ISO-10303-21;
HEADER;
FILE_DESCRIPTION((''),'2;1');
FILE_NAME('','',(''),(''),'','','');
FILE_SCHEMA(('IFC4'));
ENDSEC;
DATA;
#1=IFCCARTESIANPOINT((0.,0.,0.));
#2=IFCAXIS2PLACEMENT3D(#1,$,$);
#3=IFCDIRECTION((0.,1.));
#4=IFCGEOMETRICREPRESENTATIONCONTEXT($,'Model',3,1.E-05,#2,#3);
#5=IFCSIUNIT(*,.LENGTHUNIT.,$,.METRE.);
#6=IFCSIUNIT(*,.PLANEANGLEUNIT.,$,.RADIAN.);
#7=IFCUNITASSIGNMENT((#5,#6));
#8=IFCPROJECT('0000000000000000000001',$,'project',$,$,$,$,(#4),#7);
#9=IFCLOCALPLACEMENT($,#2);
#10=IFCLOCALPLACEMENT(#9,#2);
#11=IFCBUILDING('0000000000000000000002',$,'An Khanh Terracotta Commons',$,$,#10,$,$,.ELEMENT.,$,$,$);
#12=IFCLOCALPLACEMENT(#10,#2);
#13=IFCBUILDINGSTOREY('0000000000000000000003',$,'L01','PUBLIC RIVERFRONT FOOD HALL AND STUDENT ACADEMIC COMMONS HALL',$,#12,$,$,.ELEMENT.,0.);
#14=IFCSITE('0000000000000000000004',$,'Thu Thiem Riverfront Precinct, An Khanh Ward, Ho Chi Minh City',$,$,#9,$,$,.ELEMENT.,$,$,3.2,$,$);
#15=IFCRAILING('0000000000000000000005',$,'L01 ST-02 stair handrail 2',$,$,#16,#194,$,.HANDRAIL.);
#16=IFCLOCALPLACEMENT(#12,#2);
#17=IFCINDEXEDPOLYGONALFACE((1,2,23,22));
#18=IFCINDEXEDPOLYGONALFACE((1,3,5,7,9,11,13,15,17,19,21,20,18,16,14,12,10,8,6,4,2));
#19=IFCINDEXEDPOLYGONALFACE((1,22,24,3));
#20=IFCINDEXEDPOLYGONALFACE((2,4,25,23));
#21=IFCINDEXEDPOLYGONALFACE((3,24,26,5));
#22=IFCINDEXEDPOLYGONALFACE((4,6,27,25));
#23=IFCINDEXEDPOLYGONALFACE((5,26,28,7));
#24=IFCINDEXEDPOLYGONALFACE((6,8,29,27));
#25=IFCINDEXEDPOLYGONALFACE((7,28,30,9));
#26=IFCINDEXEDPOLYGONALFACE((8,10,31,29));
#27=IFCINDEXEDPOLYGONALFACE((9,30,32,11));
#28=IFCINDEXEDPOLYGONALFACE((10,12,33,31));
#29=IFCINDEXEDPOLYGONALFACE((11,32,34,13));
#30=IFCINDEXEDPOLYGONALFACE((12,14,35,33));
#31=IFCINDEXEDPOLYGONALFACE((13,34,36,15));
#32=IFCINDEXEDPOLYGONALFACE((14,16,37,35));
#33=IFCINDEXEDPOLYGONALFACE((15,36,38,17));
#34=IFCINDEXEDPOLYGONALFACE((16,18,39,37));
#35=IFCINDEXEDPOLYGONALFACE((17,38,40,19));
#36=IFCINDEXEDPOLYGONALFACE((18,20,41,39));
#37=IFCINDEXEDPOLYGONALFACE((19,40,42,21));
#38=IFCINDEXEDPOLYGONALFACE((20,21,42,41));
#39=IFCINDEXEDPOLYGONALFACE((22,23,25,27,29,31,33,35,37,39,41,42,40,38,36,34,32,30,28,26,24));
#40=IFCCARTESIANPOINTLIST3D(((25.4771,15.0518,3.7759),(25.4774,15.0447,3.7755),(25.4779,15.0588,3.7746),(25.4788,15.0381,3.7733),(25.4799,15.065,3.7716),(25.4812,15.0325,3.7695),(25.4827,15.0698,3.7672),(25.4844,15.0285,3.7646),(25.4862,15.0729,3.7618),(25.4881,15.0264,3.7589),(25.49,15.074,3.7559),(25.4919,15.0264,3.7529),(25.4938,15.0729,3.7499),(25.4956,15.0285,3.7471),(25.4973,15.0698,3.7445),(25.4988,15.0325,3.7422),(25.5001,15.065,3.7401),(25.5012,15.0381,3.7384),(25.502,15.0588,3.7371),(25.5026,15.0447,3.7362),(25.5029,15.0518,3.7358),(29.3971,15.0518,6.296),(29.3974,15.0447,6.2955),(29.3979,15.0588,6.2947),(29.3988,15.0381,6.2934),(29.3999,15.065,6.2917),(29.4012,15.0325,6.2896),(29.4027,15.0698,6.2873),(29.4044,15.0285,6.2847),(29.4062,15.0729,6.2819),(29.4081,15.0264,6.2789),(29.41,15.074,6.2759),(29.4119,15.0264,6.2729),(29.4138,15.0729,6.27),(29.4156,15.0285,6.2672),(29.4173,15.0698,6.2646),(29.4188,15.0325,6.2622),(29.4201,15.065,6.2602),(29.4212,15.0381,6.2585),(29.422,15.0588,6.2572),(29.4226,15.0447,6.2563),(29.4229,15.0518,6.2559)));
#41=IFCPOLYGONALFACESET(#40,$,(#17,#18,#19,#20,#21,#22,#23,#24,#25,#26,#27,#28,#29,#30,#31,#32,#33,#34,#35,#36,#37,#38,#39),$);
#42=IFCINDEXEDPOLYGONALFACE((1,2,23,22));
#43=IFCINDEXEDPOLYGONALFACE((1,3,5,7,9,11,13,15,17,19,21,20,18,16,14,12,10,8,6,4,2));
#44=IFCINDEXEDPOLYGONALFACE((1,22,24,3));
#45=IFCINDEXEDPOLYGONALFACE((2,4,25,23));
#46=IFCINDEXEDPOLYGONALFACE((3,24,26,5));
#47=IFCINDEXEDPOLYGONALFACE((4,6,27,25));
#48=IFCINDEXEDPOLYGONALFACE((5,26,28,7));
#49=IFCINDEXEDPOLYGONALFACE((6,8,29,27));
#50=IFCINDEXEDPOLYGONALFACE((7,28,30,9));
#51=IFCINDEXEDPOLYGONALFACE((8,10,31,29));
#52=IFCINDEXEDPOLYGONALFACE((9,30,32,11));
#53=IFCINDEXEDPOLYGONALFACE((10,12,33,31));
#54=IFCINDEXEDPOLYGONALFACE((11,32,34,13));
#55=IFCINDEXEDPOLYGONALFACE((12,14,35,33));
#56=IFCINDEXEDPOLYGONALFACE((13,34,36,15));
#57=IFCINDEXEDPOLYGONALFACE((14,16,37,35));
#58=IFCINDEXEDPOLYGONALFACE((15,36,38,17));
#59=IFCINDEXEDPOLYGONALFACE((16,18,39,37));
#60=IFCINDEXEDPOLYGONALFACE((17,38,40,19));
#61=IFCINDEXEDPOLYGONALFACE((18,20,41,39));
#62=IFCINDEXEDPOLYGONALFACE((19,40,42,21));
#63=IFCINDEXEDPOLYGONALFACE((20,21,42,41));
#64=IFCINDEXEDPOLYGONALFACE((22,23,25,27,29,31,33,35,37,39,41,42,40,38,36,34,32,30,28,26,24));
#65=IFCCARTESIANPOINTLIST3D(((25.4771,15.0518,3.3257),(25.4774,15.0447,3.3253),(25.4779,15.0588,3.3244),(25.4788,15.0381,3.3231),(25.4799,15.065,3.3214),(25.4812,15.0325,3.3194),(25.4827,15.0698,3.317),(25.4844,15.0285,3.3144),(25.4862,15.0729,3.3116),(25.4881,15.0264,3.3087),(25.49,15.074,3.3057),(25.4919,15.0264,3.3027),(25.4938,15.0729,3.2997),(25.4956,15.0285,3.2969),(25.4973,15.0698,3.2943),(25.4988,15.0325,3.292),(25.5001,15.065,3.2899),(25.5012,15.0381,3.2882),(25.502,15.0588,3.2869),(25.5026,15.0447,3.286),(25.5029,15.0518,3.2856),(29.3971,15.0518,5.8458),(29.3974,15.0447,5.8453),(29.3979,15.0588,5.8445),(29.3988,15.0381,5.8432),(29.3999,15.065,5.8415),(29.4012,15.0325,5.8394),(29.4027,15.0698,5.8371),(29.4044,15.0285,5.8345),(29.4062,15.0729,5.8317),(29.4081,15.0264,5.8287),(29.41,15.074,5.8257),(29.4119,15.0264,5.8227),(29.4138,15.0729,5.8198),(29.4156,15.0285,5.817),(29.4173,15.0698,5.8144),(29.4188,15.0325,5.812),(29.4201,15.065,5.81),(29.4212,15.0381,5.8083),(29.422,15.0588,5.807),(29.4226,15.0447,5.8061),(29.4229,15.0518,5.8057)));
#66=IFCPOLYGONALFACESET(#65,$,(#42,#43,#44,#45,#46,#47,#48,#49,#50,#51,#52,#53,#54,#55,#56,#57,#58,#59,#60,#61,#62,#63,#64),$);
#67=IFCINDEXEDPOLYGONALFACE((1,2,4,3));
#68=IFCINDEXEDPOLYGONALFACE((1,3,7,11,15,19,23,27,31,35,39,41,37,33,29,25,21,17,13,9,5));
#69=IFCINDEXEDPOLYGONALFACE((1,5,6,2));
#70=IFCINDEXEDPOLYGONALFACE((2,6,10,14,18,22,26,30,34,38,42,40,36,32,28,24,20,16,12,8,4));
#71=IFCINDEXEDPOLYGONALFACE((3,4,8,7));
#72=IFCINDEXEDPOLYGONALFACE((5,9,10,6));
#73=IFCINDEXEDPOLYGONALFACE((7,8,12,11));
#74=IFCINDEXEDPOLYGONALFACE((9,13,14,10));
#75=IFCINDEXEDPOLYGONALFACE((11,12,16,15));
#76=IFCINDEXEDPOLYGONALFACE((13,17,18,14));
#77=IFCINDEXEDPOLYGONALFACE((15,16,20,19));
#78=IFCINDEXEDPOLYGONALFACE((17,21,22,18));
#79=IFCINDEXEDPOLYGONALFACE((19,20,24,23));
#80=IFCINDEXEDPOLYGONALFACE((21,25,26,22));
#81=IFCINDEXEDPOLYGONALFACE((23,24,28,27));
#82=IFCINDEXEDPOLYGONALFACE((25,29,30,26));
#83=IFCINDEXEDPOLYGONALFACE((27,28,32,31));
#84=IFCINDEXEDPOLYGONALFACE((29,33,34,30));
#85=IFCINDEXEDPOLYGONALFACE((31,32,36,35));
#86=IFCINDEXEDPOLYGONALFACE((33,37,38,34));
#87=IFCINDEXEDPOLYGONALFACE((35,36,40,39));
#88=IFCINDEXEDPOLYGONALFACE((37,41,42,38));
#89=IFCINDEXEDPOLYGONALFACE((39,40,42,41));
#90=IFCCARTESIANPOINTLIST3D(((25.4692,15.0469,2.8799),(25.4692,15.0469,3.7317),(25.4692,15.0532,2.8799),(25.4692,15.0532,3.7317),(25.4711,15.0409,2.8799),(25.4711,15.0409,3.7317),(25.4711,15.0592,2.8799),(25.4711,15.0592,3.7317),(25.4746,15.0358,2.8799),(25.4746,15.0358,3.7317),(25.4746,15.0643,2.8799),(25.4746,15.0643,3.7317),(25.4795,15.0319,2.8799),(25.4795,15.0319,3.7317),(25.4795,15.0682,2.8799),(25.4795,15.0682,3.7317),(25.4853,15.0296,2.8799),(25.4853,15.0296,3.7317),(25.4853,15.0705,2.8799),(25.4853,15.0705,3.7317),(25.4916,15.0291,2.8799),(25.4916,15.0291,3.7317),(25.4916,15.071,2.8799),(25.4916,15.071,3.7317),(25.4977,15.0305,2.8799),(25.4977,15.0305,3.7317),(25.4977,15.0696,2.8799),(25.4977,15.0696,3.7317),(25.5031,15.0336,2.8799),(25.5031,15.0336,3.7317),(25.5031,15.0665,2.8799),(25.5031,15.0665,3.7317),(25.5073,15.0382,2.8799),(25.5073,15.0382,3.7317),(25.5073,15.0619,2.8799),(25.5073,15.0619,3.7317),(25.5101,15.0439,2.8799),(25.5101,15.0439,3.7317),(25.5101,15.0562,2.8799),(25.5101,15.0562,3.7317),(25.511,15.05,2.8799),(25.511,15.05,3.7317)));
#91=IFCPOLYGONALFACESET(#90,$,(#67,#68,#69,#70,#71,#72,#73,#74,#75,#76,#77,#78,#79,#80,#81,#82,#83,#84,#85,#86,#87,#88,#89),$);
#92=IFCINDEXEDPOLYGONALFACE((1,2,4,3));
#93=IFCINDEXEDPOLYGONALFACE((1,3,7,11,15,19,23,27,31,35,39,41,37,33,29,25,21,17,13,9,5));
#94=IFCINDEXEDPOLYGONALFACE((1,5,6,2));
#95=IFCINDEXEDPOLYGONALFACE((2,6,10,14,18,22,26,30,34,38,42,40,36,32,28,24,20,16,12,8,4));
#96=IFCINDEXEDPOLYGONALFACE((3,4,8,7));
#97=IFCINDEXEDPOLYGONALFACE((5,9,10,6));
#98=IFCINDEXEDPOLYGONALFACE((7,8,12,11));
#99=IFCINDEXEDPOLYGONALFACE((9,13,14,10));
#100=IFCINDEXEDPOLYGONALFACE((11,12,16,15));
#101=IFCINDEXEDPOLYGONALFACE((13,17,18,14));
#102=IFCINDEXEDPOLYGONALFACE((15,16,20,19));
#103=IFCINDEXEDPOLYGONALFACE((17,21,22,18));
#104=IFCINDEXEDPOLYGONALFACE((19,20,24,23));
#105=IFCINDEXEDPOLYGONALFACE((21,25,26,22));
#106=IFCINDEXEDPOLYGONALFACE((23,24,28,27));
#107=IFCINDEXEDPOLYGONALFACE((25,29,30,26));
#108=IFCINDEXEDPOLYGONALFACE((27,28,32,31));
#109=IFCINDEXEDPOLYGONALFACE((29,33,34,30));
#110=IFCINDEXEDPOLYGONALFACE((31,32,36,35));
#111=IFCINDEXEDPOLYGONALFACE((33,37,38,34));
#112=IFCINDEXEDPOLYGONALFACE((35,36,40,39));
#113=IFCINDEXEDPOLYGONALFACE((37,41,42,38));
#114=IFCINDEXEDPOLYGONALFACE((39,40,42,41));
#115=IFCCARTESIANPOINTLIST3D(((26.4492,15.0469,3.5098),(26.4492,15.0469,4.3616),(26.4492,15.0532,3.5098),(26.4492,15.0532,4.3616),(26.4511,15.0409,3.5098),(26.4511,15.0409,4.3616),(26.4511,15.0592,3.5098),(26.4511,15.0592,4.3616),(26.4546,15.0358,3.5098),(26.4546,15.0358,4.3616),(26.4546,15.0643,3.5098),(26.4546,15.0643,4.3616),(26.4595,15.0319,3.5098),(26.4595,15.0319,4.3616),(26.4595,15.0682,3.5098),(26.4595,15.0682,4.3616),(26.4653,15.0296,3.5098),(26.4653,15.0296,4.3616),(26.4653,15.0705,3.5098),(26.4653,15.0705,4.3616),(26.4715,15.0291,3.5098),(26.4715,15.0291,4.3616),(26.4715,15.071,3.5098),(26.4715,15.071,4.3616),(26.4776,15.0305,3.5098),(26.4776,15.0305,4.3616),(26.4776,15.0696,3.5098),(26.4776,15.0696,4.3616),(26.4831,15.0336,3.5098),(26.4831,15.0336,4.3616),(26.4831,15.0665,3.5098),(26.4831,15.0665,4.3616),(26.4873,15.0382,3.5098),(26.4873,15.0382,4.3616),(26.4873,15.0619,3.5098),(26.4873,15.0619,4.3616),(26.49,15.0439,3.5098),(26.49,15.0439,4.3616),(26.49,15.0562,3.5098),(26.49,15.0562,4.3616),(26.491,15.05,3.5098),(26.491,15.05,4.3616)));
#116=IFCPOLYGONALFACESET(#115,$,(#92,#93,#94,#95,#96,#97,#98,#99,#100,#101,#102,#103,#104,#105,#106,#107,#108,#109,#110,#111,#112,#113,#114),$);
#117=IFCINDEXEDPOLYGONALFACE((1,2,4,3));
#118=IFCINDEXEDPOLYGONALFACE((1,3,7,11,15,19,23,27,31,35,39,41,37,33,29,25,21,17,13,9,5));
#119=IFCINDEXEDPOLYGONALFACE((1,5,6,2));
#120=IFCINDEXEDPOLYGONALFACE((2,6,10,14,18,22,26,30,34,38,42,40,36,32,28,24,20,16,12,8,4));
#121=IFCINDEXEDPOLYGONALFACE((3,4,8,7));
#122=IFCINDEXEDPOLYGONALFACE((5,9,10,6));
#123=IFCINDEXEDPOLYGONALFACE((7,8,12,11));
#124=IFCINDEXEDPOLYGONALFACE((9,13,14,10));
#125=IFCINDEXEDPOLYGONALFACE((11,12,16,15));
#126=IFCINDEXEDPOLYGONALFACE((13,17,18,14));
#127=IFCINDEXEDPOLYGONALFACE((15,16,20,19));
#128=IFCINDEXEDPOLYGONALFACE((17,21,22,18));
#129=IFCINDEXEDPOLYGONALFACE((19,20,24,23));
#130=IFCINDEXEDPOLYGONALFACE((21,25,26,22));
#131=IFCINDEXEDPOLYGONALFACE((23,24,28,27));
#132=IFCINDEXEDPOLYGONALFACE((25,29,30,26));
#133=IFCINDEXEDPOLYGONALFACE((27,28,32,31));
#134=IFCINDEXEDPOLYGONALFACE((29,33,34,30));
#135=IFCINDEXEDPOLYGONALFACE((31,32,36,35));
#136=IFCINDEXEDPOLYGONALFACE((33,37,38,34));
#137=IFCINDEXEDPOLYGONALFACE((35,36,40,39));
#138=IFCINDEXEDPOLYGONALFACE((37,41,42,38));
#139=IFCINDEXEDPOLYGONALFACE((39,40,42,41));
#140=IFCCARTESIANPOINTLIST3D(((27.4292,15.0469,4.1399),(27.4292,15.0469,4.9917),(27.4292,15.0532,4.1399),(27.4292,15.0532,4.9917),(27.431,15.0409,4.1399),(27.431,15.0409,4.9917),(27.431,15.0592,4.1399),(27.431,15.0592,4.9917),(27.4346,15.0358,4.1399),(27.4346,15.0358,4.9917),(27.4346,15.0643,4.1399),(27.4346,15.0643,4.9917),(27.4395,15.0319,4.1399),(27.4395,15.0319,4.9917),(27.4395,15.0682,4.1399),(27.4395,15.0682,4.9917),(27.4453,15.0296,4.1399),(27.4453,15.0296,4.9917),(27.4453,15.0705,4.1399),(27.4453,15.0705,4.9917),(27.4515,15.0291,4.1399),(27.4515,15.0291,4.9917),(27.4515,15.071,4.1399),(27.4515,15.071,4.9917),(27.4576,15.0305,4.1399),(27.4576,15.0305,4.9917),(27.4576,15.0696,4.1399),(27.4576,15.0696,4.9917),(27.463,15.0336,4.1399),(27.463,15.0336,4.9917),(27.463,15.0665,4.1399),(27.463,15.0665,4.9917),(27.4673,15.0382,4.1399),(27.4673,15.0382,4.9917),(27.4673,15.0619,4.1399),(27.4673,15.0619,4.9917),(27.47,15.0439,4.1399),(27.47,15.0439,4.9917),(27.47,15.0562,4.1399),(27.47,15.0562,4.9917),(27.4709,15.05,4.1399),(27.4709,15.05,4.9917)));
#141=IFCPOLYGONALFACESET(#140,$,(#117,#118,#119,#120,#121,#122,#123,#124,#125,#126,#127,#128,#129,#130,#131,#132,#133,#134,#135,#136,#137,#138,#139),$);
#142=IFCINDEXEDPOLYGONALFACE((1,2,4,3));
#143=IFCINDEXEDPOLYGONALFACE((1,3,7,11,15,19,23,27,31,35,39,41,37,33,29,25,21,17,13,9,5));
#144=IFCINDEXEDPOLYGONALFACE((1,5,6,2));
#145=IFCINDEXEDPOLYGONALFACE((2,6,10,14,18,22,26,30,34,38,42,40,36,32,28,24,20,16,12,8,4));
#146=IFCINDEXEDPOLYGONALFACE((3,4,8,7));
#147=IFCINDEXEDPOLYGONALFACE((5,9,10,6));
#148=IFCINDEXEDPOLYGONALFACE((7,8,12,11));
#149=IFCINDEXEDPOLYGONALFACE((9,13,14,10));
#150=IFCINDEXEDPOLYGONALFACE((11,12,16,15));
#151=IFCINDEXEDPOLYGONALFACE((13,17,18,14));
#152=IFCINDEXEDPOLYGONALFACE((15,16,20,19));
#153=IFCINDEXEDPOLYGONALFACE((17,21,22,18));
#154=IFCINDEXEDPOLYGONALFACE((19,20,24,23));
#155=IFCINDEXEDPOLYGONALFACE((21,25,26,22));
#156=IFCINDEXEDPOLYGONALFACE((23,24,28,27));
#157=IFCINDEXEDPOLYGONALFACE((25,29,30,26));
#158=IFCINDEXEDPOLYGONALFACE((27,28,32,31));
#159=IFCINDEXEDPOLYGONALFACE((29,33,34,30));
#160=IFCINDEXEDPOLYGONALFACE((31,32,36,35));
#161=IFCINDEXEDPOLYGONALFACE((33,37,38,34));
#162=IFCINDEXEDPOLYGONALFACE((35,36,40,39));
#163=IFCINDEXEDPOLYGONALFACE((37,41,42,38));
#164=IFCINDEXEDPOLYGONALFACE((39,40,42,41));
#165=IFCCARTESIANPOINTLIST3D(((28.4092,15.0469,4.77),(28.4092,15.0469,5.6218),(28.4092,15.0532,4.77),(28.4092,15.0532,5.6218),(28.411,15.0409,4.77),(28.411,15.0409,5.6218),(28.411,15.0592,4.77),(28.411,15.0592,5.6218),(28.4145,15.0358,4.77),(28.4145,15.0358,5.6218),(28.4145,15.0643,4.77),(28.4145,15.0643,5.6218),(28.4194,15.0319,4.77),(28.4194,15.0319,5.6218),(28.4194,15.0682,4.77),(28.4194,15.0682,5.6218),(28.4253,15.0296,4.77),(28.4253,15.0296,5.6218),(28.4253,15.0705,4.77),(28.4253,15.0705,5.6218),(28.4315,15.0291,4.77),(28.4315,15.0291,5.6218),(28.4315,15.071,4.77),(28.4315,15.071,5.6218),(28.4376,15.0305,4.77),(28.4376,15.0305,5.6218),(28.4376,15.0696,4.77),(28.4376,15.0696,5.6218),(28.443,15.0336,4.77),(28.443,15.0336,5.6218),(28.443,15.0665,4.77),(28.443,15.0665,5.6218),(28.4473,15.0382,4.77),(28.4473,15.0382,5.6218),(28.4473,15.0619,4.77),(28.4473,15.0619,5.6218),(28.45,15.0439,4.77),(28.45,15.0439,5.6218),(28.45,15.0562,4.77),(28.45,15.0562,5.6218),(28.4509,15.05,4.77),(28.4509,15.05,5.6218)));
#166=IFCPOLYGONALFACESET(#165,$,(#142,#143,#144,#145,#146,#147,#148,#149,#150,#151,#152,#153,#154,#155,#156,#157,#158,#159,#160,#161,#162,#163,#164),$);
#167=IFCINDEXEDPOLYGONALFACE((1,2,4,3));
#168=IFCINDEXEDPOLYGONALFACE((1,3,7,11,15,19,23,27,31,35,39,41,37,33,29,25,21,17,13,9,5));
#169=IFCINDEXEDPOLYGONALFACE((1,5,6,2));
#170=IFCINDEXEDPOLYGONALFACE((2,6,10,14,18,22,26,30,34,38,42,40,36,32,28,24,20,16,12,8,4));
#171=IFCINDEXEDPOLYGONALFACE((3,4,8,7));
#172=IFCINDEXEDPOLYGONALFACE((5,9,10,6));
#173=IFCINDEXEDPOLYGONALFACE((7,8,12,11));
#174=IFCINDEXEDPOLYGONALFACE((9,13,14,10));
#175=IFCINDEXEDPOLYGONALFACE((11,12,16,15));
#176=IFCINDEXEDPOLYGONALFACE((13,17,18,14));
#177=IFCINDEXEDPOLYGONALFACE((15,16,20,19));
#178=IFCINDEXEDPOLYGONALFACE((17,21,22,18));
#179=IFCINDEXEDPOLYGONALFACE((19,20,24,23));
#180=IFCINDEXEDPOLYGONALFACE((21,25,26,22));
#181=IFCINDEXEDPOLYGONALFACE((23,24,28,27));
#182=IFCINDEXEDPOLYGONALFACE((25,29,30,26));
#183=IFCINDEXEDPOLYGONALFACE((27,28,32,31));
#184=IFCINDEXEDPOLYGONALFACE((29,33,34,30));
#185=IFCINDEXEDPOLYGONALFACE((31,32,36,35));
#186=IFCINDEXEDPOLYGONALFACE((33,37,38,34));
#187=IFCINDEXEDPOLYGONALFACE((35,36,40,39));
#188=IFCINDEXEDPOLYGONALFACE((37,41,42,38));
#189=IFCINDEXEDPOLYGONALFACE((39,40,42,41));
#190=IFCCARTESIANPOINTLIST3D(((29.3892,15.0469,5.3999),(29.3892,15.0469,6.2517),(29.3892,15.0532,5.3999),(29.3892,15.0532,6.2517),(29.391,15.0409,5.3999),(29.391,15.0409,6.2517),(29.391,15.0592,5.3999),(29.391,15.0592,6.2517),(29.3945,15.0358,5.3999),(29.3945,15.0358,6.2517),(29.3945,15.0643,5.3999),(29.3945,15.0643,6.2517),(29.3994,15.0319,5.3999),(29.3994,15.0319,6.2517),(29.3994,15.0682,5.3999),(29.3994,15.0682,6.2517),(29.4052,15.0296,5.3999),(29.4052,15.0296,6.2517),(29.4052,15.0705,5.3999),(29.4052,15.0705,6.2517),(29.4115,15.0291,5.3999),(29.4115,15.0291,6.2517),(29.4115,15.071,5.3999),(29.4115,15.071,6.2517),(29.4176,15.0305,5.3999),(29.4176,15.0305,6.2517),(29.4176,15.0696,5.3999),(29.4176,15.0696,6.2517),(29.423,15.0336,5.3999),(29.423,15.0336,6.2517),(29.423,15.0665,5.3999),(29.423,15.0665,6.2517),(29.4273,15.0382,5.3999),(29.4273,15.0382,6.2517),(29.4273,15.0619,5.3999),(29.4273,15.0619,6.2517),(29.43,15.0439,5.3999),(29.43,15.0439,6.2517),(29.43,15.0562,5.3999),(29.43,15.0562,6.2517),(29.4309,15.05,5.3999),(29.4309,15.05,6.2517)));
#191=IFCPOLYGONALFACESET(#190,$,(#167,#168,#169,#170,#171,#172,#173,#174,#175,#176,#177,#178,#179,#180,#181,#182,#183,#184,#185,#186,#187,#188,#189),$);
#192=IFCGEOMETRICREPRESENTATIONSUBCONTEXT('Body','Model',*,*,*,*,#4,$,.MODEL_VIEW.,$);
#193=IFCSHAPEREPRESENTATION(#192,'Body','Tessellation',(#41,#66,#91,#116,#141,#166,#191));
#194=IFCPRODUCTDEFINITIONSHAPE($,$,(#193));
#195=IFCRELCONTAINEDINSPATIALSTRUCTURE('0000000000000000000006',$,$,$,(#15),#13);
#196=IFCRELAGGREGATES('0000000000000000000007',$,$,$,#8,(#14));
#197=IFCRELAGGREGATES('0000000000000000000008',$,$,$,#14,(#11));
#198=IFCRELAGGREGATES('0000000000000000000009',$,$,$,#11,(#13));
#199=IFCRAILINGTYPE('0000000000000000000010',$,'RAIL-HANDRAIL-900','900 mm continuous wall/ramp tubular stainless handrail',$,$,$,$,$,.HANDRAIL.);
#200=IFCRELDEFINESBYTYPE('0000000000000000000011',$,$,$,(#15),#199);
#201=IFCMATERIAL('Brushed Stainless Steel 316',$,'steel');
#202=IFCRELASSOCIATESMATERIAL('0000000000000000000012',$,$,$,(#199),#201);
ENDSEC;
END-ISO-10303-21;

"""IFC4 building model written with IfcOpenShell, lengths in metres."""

from ifc_helpers import new_model, si_unit, direction, frame, origin, origin_2d, place, context, subcontext, project, spatial, circle, extrude, material, type_object, element, save


model = new_model("IFC4")

# Units and contexts
model_context = context("Model", 3, precision=1e-05, world=origin(), true_north=direction((0.0, 1.0)))
body_context = subcontext(model_context, "Body", "Model", "MODEL_VIEW")
ifc_project = project(units=[si_unit("LENGTHUNIT", "METRE"), si_unit("PLANEANGLEUNIT", "RADIAN")], contexts=[model_context])

# Site, building, storey
site_placement = place(None, origin())
site = spatial("IfcSite", under=ifc_project, at=site_placement, Name="Thu Thiem Riverfront Precinct, An Khanh Ward, Ho Chi Minh City", CompositionType="ELEMENT", RefElevation=3.2)
building_placement = place(site_placement, origin())
building = spatial("IfcBuilding", under=site, at=building_placement, Name="An Khanh Terracotta Commons", CompositionType="ELEMENT")
storey_placement = place(building_placement, origin())
storey = spatial("IfcBuildingStorey", under=building, at=storey_placement, Name="L01", Description="PUBLIC RIVERFRONT FOOD HALL AND STUDENT ACADEMIC COMMONS HALL", CompositionType="ELEMENT", Elevation=0.0)

# Railing
ifc_material_1 = material(Name="Brushed Stainless Steel 316", Category="steel")
railing_type_1 = type_object("IfcRailingType", Name="RAIL-HANDRAIL-900", Description="900 mm continuous wall/ramp tubular stainless handrail", PredefinedType="HANDRAIL", material=ifc_material_1)
railing_1_placement = place(storey_placement, frame((25.49, 15.05, 2.8799)))
element("IfcRailing", 1, at=railing_1_placement, inside=storey, type_object=railing_type_1, Name="L01 ST-02 stair handrail 2", PredefinedType="HANDRAIL", context=body_context, shape_type="SweptSolid", body=[
    extrude(circle(Radius=0.0239, at=origin_2d()), frame((0.0, 0.0, 0.876), z_axis=(0.841172, 0.0, 0.540768), x_axis=(0.0, 1.0, 0.0)), (0.0, 0.0, 1.0), 4.6602),
    extrude(circle(Radius=0.0239, at=origin_2d()), frame((0.0, 0.0, 0.4258), z_axis=(0.841172, 0.0, 0.540768), x_axis=(0.0, 1.0, 0.0)), (0.0, 0.0, 1.0), 4.6602),
    extrude(circle(Radius=0.021, at=origin_2d()), origin(), (0.0, 0.0, 1.0), 0.8518),
    extrude(circle(Radius=0.021, at=origin_2d()), frame((0.98, 0.0, 0.6299)), (0.0, 0.0, 1.0), 0.8518),
    extrude(circle(Radius=0.021, at=origin_2d()), frame((1.96, 0.0, 1.26)), (0.0, 0.0, 1.0), 0.8518),
    extrude(circle(Radius=0.021, at=origin_2d()), frame((2.9399, 0.0, 1.8901)), (0.0, 0.0, 1.0), 0.8518),
    extrude(circle(Radius=0.021, at=origin_2d()), frame((3.9199, 0.0, 2.52)), (0.0, 0.0, 1.0), 0.8518),
])

save(model, "model.ifc")
